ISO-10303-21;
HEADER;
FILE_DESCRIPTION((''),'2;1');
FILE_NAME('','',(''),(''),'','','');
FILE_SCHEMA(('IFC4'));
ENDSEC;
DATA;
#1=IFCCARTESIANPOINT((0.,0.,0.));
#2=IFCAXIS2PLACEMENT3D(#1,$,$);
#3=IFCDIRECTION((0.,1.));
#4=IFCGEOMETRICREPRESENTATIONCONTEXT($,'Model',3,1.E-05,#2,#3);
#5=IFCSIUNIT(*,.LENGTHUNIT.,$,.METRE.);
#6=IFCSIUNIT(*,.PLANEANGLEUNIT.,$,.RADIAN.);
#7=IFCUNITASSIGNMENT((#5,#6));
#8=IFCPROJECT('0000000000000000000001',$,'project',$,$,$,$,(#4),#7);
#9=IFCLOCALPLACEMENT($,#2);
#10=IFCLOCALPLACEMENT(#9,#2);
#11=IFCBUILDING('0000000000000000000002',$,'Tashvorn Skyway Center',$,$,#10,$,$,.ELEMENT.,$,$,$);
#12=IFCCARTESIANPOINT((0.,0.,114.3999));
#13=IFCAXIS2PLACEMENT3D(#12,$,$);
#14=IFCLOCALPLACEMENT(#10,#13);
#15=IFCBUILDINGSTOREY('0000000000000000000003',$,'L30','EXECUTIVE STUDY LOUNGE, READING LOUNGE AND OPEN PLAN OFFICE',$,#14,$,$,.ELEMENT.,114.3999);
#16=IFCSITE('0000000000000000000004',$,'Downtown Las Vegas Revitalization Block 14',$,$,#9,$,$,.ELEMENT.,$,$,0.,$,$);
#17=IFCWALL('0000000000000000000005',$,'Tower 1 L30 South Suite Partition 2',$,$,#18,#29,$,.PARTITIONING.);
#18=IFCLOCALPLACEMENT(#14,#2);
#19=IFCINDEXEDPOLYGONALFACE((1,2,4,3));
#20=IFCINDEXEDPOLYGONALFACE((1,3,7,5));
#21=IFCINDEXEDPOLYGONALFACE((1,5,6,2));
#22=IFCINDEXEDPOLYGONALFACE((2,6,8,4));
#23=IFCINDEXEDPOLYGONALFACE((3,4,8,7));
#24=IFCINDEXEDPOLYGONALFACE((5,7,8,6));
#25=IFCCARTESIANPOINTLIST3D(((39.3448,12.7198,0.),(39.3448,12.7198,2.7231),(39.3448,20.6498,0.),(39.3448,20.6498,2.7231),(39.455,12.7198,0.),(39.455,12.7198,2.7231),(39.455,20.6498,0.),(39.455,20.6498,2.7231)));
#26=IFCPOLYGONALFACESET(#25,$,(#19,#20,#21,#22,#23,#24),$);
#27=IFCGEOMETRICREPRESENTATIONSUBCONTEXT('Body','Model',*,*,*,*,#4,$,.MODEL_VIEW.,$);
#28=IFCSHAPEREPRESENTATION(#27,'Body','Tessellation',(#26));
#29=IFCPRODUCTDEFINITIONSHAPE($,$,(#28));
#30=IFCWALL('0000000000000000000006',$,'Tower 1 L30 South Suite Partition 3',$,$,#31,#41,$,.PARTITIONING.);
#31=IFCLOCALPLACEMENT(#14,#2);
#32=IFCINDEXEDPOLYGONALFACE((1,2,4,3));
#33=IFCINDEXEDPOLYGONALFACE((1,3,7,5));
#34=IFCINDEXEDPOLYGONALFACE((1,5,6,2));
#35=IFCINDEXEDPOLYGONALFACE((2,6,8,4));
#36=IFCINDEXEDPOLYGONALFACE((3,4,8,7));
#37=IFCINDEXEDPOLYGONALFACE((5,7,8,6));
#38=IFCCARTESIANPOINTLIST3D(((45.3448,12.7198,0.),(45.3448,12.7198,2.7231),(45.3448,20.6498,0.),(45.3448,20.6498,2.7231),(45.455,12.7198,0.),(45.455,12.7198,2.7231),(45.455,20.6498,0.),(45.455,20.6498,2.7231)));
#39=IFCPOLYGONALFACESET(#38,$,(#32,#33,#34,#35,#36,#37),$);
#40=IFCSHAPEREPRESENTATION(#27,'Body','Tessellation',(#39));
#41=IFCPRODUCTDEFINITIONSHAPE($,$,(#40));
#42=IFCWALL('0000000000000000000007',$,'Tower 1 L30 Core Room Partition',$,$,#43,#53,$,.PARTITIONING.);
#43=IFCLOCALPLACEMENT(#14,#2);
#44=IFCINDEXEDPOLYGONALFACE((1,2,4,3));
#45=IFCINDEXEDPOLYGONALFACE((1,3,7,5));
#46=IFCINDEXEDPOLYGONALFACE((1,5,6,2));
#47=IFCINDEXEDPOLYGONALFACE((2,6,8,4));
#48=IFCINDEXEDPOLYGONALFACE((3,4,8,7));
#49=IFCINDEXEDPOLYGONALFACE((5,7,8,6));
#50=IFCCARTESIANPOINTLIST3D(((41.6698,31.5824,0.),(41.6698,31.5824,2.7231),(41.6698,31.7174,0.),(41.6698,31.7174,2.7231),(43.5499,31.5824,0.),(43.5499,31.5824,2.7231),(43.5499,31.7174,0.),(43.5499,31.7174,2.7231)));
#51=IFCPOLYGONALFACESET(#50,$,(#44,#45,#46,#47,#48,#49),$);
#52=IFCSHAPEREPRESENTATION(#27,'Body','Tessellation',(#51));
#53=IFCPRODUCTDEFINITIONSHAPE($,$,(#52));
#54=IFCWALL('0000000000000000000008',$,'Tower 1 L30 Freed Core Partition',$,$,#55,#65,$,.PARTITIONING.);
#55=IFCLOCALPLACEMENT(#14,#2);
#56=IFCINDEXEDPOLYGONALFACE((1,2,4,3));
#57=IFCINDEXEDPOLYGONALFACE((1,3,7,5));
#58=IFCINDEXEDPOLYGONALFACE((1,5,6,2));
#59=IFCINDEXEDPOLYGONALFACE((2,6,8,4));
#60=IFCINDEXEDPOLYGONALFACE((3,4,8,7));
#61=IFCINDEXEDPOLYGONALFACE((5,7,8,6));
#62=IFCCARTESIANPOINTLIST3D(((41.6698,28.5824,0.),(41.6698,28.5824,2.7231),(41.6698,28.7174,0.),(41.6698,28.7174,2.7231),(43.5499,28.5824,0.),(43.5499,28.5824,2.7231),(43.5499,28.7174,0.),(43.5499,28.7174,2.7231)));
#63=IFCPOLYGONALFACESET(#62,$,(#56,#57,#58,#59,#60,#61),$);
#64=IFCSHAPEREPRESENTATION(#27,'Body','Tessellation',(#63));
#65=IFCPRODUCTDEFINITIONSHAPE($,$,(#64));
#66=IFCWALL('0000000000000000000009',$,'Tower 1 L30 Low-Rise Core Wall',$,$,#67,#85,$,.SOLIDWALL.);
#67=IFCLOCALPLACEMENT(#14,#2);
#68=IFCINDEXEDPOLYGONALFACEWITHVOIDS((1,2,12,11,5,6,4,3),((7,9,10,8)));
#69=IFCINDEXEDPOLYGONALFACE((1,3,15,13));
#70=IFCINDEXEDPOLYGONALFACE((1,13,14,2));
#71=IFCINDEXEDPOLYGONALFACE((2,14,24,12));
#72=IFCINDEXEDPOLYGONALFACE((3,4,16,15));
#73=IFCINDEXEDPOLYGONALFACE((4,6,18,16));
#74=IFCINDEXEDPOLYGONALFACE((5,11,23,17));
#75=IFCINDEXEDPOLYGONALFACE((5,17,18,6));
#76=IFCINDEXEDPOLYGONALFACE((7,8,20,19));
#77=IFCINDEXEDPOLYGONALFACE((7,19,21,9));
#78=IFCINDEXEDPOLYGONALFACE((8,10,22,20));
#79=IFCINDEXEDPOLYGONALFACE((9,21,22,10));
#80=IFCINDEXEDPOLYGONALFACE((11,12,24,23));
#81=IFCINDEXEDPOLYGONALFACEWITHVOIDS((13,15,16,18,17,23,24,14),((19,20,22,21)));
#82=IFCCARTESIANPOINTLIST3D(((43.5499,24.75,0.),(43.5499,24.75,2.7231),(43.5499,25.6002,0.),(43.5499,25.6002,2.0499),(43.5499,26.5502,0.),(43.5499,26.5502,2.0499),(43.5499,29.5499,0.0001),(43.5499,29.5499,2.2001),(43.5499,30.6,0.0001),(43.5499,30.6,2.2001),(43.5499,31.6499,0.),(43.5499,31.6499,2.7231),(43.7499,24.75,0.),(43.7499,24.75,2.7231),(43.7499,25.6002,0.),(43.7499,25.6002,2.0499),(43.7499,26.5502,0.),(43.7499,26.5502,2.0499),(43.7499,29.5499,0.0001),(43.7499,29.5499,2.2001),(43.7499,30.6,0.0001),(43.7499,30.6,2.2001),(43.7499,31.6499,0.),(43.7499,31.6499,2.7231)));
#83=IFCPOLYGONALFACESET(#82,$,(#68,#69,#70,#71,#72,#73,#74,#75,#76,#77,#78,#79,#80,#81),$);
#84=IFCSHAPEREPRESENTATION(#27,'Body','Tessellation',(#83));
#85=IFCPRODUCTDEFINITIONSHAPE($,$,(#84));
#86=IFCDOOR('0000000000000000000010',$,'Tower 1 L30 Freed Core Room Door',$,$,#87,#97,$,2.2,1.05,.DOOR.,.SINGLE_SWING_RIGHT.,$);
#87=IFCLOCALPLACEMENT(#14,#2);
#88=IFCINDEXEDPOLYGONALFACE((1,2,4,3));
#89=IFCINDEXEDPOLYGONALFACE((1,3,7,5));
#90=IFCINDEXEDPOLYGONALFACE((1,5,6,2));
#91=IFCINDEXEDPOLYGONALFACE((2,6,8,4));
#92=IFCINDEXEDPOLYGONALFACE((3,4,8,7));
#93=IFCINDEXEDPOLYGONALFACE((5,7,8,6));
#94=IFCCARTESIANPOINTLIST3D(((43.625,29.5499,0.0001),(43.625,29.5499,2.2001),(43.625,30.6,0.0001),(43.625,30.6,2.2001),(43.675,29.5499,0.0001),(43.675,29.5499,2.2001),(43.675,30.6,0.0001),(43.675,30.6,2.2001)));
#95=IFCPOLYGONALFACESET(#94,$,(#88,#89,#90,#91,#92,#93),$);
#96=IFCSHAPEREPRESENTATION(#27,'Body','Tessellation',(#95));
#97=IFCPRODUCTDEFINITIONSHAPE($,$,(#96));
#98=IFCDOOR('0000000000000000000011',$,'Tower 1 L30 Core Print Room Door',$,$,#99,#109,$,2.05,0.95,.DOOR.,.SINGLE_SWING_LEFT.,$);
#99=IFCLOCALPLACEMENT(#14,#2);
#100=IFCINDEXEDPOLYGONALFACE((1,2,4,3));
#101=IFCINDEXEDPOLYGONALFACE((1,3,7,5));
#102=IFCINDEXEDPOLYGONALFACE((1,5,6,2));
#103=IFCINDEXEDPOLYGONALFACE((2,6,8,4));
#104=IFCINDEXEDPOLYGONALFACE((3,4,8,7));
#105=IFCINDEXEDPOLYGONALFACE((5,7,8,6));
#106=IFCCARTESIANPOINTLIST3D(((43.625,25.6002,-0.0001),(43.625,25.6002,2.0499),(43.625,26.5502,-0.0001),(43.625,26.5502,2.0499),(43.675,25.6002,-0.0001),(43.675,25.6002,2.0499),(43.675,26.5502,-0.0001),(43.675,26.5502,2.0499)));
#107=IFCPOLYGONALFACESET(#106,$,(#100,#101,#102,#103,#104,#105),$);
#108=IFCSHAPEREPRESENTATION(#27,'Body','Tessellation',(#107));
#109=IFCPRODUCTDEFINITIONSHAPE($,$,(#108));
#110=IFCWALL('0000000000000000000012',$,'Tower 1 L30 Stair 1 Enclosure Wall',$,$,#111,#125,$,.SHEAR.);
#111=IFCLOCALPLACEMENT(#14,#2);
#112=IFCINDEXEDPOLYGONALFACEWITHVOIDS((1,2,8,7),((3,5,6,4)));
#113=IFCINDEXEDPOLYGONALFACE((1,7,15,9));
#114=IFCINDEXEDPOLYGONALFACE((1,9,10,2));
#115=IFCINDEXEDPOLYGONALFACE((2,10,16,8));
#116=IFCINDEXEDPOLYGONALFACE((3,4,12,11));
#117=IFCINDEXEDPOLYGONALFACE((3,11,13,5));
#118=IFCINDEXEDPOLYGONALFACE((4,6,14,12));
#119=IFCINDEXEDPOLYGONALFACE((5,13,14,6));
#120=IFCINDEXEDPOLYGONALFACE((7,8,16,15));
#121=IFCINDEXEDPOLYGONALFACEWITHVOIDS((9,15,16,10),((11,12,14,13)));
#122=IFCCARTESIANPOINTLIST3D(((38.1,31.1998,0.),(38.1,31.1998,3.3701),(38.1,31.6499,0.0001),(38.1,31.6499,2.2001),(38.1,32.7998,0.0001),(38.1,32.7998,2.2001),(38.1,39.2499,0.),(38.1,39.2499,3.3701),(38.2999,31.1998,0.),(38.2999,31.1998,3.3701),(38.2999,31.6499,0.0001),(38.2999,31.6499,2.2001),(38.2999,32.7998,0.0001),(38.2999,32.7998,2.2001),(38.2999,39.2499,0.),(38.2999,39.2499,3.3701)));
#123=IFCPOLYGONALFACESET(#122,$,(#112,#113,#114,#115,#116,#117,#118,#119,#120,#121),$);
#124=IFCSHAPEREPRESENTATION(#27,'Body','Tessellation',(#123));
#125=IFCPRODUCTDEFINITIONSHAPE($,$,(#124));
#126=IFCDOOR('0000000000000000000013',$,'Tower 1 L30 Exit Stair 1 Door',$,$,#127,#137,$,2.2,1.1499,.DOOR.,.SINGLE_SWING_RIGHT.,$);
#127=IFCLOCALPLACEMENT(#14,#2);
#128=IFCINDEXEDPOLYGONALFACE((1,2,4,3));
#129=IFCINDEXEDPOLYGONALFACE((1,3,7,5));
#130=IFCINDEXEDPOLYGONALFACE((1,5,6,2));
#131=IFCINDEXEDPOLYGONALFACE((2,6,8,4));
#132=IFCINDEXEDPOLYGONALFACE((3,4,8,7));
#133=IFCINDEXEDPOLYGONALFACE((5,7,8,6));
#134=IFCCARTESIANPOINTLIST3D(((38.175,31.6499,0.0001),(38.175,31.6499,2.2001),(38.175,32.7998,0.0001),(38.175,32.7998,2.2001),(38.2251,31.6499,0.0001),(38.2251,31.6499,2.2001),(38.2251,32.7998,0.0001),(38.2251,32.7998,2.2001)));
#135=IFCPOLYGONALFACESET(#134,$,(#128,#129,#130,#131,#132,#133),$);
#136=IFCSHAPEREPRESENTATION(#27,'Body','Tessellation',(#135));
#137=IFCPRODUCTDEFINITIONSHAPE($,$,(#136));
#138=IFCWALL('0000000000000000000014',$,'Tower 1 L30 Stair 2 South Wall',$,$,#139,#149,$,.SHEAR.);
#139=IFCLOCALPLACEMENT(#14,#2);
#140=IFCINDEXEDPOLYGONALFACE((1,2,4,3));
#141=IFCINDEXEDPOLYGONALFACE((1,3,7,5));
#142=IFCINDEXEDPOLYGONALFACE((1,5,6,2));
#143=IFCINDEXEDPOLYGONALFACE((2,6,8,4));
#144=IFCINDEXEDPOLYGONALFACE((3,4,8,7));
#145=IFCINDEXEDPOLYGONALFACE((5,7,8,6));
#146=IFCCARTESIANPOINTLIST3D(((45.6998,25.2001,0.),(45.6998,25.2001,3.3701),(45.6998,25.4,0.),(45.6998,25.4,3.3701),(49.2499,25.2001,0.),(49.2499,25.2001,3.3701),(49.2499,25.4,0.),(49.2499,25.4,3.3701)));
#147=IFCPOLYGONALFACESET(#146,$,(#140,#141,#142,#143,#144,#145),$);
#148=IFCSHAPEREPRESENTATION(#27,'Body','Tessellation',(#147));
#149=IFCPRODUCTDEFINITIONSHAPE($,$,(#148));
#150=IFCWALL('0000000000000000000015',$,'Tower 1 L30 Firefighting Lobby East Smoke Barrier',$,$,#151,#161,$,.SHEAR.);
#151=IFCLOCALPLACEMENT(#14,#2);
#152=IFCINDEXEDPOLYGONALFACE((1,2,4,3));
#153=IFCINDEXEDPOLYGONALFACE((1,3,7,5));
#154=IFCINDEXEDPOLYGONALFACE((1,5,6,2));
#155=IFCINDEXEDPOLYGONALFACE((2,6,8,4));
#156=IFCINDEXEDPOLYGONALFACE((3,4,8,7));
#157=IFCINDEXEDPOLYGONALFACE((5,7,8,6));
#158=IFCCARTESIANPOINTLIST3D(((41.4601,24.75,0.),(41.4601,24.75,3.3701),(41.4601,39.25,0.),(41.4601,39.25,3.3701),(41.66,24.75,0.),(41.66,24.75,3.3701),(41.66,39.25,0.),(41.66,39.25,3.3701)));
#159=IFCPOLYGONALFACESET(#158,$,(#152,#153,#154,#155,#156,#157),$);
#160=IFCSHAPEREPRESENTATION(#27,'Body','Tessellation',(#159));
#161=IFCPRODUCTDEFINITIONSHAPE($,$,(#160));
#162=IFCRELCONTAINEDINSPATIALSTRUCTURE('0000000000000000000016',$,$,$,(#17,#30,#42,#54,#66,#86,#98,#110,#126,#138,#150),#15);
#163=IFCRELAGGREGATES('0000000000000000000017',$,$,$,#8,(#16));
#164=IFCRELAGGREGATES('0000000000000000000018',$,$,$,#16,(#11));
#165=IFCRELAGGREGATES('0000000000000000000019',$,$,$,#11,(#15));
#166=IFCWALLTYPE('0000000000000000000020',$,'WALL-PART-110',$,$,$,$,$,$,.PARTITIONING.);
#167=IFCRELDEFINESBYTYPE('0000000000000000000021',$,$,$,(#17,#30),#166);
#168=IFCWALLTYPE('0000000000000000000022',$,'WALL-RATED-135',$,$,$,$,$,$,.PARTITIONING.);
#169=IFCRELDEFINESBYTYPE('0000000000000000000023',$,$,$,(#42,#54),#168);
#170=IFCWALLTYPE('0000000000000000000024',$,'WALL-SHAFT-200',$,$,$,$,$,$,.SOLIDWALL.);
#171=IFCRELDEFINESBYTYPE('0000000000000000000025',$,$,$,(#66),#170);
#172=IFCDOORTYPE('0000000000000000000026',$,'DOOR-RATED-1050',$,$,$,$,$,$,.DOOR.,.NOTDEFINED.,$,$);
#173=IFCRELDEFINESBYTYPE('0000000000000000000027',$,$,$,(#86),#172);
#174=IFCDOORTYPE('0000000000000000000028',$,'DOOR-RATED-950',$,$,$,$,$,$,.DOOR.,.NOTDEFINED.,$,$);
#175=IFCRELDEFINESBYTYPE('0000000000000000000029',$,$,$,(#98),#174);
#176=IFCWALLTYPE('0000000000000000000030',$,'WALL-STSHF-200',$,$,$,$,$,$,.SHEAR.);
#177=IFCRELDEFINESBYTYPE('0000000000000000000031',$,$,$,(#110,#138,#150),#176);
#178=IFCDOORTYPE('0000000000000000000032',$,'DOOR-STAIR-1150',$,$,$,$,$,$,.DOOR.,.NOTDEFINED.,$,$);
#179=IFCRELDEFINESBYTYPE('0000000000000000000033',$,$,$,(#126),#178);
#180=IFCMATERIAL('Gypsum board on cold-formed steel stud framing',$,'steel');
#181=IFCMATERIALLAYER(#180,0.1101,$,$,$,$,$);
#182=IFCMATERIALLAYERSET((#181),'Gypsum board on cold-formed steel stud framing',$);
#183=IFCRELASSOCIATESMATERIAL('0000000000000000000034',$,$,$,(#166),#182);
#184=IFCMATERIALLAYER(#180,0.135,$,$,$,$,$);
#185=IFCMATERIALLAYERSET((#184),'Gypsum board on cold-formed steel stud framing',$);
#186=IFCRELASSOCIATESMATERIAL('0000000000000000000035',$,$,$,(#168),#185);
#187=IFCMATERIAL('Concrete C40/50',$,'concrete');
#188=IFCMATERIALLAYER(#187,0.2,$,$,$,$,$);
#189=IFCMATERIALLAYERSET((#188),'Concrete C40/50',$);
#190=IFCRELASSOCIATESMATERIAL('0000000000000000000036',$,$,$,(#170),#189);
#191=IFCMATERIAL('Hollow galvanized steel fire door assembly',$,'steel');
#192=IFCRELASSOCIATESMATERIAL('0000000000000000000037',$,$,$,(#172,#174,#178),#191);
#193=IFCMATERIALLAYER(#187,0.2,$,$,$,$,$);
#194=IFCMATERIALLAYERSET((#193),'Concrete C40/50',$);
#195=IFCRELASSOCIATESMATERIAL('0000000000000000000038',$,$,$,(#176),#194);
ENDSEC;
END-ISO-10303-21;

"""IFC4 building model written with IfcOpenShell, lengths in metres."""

from ifc_helpers import new_model, si_unit, direction, frame, frame_2d, origin, place, context, subcontext, project, spatial, rectangle, extrude, material, layer, layer_set, type_object, element, fill, save


model = new_model("IFC4")

# Units and contexts
model_context = context("Model", 3, precision=1e-05, world=origin(), true_north=direction((0.0, 1.0)))
body_context = subcontext(model_context, "Body", "Model", "MODEL_VIEW")
ifc_project = project(units=[si_unit("LENGTHUNIT", "METRE"), si_unit("PLANEANGLEUNIT", "RADIAN")], contexts=[model_context])

# Site, building, storey
site_placement = place(None, origin())
site = spatial("IfcSite", under=ifc_project, at=site_placement, Name="Downtown Las Vegas Revitalization Block 14", CompositionType="ELEMENT", RefElevation=0.0)
building_placement = place(site_placement, origin())
building = spatial("IfcBuilding", under=site, at=building_placement, Name="Tashvorn Skyway Center", CompositionType="ELEMENT")
storey_placement = place(building_placement, frame((0.0, 0.0, 114.3999)))
storey = spatial("IfcBuildingStorey", under=building, at=storey_placement, Name="L30", Description="EXECUTIVE STUDY LOUNGE, READING LOUNGE AND OPEN PLAN OFFICE", CompositionType="ELEMENT", Elevation=114.3999)

# Shared definitions
ifc_material_1 = material(Name="Concrete C40/50", Category="concrete")
ifc_material_2 = material(Name="Hollow galvanized steel fire door assembly", Category="steel")

# Walls
ifc_material_3 = material(Name="Gypsum board on cold-formed steel stud framing", Category="steel")
ifc_layer_1 = layer(ifc_material_3, 0.1101)
ifc_layer_set_1 = layer_set([ifc_layer_1], Name="Gypsum board on cold-formed steel stud framing")
wall_type_1 = type_object("IfcWallType", Name="WALL-PART-110", PredefinedType="PARTITIONING", material=ifc_layer_set_1)
for number, where, z_axis, x_axis, name in (
    (1, (39.3999, 12.72, 0.0), (0.0, 0.0, 1.0), (0.0, 1.0, 0.0), "Tower 1 L30 South Suite Partition 2"),
    (2, (45.3999, 12.72, 0.0), (0.0, 0.0, 1.0), (0.0, 1.0, 0.0), "Tower 1 L30 South Suite Partition 3"),
):
    element("IfcWall", number, at=place(storey_placement, frame(where, z_axis=z_axis, x_axis=x_axis)), inside=storey, type_object=wall_type_1, Name=name, PredefinedType="PARTITIONING", context=body_context, shape_type="SweptSolid", body=[
        extrude(rectangle(XDim=7.9299, YDim=0.1101, at=frame_2d((3.9648, 0.0))), origin(), (0.0, 0.0, 1.0), 2.7231),
    ])
ifc_layer_2 = layer(ifc_material_3, 0.135)
ifc_layer_set_2 = layer_set([ifc_layer_2], Name="Gypsum board on cold-formed steel stud framing")
wall_type_2 = type_object("IfcWallType", Name="WALL-RATED-135", PredefinedType="PARTITIONING", material=ifc_layer_set_2)
for number, where, z_axis, x_axis, name in (
    (3, (41.6699, 31.6499, 0.0), (0.0, 0.0, 1.0), (1.0, 0.0, 0.0), "Tower 1 L30 Core Room Partition"),
    (4, (41.6699, 28.6499, 0.0), (0.0, 0.0, 1.0), (1.0, 0.0, 0.0), "Tower 1 L30 Freed Core Partition"),
):
    element("IfcWall", number, at=place(storey_placement, frame(where, z_axis=z_axis, x_axis=x_axis)), inside=storey, type_object=wall_type_2, Name=name, PredefinedType="PARTITIONING", context=body_context, shape_type="SweptSolid", body=[
        extrude(rectangle(XDim=1.8801, YDim=0.135, at=frame_2d((0.9399, 0.0))), origin(), (0.0, 0.0, 1.0), 2.7231),
    ])

# Wall, openings, doors
ifc_layer_3 = layer(ifc_material_1, 0.2)
ifc_layer_set_3 = layer_set([ifc_layer_3], Name="Concrete C40/50")
wall_type_3 = type_object("IfcWallType", Name="WALL-SHAFT-200", PredefinedType="SOLIDWALL", material=ifc_layer_set_3)
wall_1_placement = place(storey_placement, frame((43.6499, 24.75, 0.0), z_axis=(0.0, 0.0, 1.0), x_axis=(0.0, 1.0, 0.0)))
wall_1 = element("IfcWall", 5, at=wall_1_placement, inside=storey, type_object=wall_type_3, Name="Tower 1 L30 Low-Rise Core Wall", PredefinedType="SOLIDWALL", context=body_context, shape_type="SweptSolid", body=[
    extrude(rectangle(XDim=6.8999, YDim=0.2, at=frame_2d((3.45, 0.0))), origin(), (0.0, 0.0, 1.0), 2.7231),
])
opening_1_placement = place(wall_1_placement, frame((0.8501, 0.0, 0.0)))
opening_1 = element("IfcOpeningElement", 6, at=opening_1_placement, cuts=wall_1, PredefinedType="OPENING", context=body_context, shape_type="SweptSolid", body=[
    extrude(rectangle(XDim=0.95, YDim=2.05, at=frame_2d((0.4751, 1.0249))), frame((0.0, 0.1099, 0.0), z_axis=(0.0, -1.0, 0.0), x_axis=(1.0, 0.0, 0.0)), (0.0, 0.0, 1.0), 0.22),
])
opening_2_placement = place(wall_1_placement, frame((4.8, 0.0, 0.0)))
opening_2 = element("IfcOpeningElement", 7, at=opening_2_placement, cuts=wall_1, PredefinedType="OPENING", context=body_context, shape_type="SweptSolid", body=[
    extrude(rectangle(XDim=1.05, YDim=2.2, at=frame_2d((0.5249, 1.1001))), frame((0.0, 0.1099, 0.0), z_axis=(0.0, -1.0, 0.0), x_axis=(1.0, 0.0, 0.0)), (0.0, 0.0, 1.0), 0.22),
])
door_type_1 = type_object("IfcDoorType", Name="DOOR-RATED-1050", OperationType="NOTDEFINED", PredefinedType="DOOR", material=ifc_material_2)
door_1_placement = place(opening_2_placement, origin())
door_1 = element("IfcDoor", 8, at=door_1_placement, inside=storey, type_object=door_type_1, Name="Tower 1 L30 Freed Core Room Door", OperationType="SINGLE_SWING_RIGHT", OverallHeight=2.2, OverallWidth=1.05, PredefinedType="DOOR", context=body_context, shape_type="SweptSolid", body=[
    extrude(rectangle(XDim=1.05, YDim=2.2, at=frame_2d((0.5249, 1.1001))), frame((0.0, 0.0249, 0.0), z_axis=(0.0, -1.0, 0.0), x_axis=(1.0, 0.0, 0.0)), (0.0, 0.0, 1.0), 0.05),
])
fill(opening_2, door_1)
door_type_2 = type_object("IfcDoorType", Name="DOOR-RATED-950", OperationType="NOTDEFINED", PredefinedType="DOOR", material=ifc_material_2)
door_2_placement = place(opening_1_placement, origin())
door_2 = element("IfcDoor", 9, at=door_2_placement, inside=storey, type_object=door_type_2, Name="Tower 1 L30 Core Print Room Door", OperationType="SINGLE_SWING_LEFT", OverallHeight=2.05, OverallWidth=0.95, PredefinedType="DOOR", context=body_context, shape_type="SweptSolid", body=[
    extrude(rectangle(XDim=0.95, YDim=2.05, at=frame_2d((0.4751, 1.0249))), frame((0.0, 0.0249, 0.0), z_axis=(0.0, -1.0, 0.0), x_axis=(1.0, 0.0, 0.0)), (0.0, 0.0, 1.0), 0.05),
])
fill(opening_1, door_2)

# Wall, opening, door
ifc_layer_4 = layer(ifc_material_1, 0.2)
ifc_layer_set_4 = layer_set([ifc_layer_4], Name="Concrete C40/50")
wall_type_4 = type_object("IfcWallType", Name="WALL-STSHF-200", PredefinedType="SHEAR", material=ifc_layer_set_4)
wall_2_placement = place(storey_placement, frame((38.2, 31.2, 0.0), z_axis=(0.0, 0.0, 1.0), x_axis=(0.0, 1.0, 0.0)))
wall_2 = element("IfcWall", 10, at=wall_2_placement, inside=storey, type_object=wall_type_4, Name="Tower 1 L30 Stair 1 Enclosure Wall", PredefinedType="SHEAR", context=body_context, shape_type="SweptSolid", body=[
    extrude(rectangle(XDim=8.05, YDim=0.2, at=frame_2d((4.0249, 0.0))), origin(), (0.0, 0.0, 1.0), 3.3701),
])
opening_3_placement = place(wall_2_placement, frame((0.45, 0.0, 0.0)))
opening_3 = element("IfcOpeningElement", 11, at=opening_3_placement, cuts=wall_2, PredefinedType="OPENING", context=body_context, shape_type="SweptSolid", body=[
    extrude(rectangle(XDim=1.1499, YDim=2.2, at=frame_2d((0.575, 1.1001))), frame((0.0, 0.1099, 0.0), z_axis=(0.0, -1.0, 0.0), x_axis=(1.0, 0.0, 0.0)), (0.0, 0.0, 1.0), 0.22),
])
door_type_3 = type_object("IfcDoorType", Name="DOOR-STAIR-1150", OperationType="NOTDEFINED", PredefinedType="DOOR", material=ifc_material_2)
door_3_placement = place(opening_3_placement, origin())
door_3 = element("IfcDoor", 12, at=door_3_placement, inside=storey, type_object=door_type_3, Name="Tower 1 L30 Exit Stair 1 Door", OperationType="SINGLE_SWING_RIGHT", OverallHeight=2.2, OverallWidth=1.1499, PredefinedType="DOOR", context=body_context, shape_type="SweptSolid", body=[
    extrude(rectangle(XDim=1.1499, YDim=2.2, at=frame_2d((0.575, 1.1001))), frame((0.0, 0.0249, 0.0), z_axis=(0.0, -1.0, 0.0), x_axis=(1.0, 0.0, 0.0)), (0.0, 0.0, 1.0), 0.05),
])
fill(opening_3, door_3)

# Walls
wall_3_placement = place(storey_placement, frame((45.7, 25.3, 0.0), z_axis=(0.0, 0.0, 1.0), x_axis=(1.0, 0.0, 0.0)))
element("IfcWall", 13, at=wall_3_placement, inside=storey, type_object=wall_type_4, Name="Tower 1 L30 Stair 2 South Wall", PredefinedType="SHEAR", context=body_context, shape_type="SweptSolid", body=[
    extrude(rectangle(XDim=3.55, YDim=0.2, at=frame_2d((1.7749, 0.0))), origin(), (0.0, 0.0, 1.0), 3.3701),
])
wall_4_placement = place(storey_placement, frame((41.5601, 24.75, 0.0), z_axis=(0.0, 0.0, 1.0), x_axis=(0.0, 1.0, 0.0)))
element("IfcWall", 14, at=wall_4_placement, inside=storey, type_object=wall_type_4, Name="Tower 1 L30 Firefighting Lobby East Smoke Barrier", PredefinedType="SHEAR", context=body_context, shape_type="SweptSolid", body=[
    extrude(rectangle(XDim=14.5, YDim=0.2, at=frame_2d((7.25, 0.0))), origin(), (0.0, 0.0, 1.0), 3.3701),
])

save(model, "model.ifc")
